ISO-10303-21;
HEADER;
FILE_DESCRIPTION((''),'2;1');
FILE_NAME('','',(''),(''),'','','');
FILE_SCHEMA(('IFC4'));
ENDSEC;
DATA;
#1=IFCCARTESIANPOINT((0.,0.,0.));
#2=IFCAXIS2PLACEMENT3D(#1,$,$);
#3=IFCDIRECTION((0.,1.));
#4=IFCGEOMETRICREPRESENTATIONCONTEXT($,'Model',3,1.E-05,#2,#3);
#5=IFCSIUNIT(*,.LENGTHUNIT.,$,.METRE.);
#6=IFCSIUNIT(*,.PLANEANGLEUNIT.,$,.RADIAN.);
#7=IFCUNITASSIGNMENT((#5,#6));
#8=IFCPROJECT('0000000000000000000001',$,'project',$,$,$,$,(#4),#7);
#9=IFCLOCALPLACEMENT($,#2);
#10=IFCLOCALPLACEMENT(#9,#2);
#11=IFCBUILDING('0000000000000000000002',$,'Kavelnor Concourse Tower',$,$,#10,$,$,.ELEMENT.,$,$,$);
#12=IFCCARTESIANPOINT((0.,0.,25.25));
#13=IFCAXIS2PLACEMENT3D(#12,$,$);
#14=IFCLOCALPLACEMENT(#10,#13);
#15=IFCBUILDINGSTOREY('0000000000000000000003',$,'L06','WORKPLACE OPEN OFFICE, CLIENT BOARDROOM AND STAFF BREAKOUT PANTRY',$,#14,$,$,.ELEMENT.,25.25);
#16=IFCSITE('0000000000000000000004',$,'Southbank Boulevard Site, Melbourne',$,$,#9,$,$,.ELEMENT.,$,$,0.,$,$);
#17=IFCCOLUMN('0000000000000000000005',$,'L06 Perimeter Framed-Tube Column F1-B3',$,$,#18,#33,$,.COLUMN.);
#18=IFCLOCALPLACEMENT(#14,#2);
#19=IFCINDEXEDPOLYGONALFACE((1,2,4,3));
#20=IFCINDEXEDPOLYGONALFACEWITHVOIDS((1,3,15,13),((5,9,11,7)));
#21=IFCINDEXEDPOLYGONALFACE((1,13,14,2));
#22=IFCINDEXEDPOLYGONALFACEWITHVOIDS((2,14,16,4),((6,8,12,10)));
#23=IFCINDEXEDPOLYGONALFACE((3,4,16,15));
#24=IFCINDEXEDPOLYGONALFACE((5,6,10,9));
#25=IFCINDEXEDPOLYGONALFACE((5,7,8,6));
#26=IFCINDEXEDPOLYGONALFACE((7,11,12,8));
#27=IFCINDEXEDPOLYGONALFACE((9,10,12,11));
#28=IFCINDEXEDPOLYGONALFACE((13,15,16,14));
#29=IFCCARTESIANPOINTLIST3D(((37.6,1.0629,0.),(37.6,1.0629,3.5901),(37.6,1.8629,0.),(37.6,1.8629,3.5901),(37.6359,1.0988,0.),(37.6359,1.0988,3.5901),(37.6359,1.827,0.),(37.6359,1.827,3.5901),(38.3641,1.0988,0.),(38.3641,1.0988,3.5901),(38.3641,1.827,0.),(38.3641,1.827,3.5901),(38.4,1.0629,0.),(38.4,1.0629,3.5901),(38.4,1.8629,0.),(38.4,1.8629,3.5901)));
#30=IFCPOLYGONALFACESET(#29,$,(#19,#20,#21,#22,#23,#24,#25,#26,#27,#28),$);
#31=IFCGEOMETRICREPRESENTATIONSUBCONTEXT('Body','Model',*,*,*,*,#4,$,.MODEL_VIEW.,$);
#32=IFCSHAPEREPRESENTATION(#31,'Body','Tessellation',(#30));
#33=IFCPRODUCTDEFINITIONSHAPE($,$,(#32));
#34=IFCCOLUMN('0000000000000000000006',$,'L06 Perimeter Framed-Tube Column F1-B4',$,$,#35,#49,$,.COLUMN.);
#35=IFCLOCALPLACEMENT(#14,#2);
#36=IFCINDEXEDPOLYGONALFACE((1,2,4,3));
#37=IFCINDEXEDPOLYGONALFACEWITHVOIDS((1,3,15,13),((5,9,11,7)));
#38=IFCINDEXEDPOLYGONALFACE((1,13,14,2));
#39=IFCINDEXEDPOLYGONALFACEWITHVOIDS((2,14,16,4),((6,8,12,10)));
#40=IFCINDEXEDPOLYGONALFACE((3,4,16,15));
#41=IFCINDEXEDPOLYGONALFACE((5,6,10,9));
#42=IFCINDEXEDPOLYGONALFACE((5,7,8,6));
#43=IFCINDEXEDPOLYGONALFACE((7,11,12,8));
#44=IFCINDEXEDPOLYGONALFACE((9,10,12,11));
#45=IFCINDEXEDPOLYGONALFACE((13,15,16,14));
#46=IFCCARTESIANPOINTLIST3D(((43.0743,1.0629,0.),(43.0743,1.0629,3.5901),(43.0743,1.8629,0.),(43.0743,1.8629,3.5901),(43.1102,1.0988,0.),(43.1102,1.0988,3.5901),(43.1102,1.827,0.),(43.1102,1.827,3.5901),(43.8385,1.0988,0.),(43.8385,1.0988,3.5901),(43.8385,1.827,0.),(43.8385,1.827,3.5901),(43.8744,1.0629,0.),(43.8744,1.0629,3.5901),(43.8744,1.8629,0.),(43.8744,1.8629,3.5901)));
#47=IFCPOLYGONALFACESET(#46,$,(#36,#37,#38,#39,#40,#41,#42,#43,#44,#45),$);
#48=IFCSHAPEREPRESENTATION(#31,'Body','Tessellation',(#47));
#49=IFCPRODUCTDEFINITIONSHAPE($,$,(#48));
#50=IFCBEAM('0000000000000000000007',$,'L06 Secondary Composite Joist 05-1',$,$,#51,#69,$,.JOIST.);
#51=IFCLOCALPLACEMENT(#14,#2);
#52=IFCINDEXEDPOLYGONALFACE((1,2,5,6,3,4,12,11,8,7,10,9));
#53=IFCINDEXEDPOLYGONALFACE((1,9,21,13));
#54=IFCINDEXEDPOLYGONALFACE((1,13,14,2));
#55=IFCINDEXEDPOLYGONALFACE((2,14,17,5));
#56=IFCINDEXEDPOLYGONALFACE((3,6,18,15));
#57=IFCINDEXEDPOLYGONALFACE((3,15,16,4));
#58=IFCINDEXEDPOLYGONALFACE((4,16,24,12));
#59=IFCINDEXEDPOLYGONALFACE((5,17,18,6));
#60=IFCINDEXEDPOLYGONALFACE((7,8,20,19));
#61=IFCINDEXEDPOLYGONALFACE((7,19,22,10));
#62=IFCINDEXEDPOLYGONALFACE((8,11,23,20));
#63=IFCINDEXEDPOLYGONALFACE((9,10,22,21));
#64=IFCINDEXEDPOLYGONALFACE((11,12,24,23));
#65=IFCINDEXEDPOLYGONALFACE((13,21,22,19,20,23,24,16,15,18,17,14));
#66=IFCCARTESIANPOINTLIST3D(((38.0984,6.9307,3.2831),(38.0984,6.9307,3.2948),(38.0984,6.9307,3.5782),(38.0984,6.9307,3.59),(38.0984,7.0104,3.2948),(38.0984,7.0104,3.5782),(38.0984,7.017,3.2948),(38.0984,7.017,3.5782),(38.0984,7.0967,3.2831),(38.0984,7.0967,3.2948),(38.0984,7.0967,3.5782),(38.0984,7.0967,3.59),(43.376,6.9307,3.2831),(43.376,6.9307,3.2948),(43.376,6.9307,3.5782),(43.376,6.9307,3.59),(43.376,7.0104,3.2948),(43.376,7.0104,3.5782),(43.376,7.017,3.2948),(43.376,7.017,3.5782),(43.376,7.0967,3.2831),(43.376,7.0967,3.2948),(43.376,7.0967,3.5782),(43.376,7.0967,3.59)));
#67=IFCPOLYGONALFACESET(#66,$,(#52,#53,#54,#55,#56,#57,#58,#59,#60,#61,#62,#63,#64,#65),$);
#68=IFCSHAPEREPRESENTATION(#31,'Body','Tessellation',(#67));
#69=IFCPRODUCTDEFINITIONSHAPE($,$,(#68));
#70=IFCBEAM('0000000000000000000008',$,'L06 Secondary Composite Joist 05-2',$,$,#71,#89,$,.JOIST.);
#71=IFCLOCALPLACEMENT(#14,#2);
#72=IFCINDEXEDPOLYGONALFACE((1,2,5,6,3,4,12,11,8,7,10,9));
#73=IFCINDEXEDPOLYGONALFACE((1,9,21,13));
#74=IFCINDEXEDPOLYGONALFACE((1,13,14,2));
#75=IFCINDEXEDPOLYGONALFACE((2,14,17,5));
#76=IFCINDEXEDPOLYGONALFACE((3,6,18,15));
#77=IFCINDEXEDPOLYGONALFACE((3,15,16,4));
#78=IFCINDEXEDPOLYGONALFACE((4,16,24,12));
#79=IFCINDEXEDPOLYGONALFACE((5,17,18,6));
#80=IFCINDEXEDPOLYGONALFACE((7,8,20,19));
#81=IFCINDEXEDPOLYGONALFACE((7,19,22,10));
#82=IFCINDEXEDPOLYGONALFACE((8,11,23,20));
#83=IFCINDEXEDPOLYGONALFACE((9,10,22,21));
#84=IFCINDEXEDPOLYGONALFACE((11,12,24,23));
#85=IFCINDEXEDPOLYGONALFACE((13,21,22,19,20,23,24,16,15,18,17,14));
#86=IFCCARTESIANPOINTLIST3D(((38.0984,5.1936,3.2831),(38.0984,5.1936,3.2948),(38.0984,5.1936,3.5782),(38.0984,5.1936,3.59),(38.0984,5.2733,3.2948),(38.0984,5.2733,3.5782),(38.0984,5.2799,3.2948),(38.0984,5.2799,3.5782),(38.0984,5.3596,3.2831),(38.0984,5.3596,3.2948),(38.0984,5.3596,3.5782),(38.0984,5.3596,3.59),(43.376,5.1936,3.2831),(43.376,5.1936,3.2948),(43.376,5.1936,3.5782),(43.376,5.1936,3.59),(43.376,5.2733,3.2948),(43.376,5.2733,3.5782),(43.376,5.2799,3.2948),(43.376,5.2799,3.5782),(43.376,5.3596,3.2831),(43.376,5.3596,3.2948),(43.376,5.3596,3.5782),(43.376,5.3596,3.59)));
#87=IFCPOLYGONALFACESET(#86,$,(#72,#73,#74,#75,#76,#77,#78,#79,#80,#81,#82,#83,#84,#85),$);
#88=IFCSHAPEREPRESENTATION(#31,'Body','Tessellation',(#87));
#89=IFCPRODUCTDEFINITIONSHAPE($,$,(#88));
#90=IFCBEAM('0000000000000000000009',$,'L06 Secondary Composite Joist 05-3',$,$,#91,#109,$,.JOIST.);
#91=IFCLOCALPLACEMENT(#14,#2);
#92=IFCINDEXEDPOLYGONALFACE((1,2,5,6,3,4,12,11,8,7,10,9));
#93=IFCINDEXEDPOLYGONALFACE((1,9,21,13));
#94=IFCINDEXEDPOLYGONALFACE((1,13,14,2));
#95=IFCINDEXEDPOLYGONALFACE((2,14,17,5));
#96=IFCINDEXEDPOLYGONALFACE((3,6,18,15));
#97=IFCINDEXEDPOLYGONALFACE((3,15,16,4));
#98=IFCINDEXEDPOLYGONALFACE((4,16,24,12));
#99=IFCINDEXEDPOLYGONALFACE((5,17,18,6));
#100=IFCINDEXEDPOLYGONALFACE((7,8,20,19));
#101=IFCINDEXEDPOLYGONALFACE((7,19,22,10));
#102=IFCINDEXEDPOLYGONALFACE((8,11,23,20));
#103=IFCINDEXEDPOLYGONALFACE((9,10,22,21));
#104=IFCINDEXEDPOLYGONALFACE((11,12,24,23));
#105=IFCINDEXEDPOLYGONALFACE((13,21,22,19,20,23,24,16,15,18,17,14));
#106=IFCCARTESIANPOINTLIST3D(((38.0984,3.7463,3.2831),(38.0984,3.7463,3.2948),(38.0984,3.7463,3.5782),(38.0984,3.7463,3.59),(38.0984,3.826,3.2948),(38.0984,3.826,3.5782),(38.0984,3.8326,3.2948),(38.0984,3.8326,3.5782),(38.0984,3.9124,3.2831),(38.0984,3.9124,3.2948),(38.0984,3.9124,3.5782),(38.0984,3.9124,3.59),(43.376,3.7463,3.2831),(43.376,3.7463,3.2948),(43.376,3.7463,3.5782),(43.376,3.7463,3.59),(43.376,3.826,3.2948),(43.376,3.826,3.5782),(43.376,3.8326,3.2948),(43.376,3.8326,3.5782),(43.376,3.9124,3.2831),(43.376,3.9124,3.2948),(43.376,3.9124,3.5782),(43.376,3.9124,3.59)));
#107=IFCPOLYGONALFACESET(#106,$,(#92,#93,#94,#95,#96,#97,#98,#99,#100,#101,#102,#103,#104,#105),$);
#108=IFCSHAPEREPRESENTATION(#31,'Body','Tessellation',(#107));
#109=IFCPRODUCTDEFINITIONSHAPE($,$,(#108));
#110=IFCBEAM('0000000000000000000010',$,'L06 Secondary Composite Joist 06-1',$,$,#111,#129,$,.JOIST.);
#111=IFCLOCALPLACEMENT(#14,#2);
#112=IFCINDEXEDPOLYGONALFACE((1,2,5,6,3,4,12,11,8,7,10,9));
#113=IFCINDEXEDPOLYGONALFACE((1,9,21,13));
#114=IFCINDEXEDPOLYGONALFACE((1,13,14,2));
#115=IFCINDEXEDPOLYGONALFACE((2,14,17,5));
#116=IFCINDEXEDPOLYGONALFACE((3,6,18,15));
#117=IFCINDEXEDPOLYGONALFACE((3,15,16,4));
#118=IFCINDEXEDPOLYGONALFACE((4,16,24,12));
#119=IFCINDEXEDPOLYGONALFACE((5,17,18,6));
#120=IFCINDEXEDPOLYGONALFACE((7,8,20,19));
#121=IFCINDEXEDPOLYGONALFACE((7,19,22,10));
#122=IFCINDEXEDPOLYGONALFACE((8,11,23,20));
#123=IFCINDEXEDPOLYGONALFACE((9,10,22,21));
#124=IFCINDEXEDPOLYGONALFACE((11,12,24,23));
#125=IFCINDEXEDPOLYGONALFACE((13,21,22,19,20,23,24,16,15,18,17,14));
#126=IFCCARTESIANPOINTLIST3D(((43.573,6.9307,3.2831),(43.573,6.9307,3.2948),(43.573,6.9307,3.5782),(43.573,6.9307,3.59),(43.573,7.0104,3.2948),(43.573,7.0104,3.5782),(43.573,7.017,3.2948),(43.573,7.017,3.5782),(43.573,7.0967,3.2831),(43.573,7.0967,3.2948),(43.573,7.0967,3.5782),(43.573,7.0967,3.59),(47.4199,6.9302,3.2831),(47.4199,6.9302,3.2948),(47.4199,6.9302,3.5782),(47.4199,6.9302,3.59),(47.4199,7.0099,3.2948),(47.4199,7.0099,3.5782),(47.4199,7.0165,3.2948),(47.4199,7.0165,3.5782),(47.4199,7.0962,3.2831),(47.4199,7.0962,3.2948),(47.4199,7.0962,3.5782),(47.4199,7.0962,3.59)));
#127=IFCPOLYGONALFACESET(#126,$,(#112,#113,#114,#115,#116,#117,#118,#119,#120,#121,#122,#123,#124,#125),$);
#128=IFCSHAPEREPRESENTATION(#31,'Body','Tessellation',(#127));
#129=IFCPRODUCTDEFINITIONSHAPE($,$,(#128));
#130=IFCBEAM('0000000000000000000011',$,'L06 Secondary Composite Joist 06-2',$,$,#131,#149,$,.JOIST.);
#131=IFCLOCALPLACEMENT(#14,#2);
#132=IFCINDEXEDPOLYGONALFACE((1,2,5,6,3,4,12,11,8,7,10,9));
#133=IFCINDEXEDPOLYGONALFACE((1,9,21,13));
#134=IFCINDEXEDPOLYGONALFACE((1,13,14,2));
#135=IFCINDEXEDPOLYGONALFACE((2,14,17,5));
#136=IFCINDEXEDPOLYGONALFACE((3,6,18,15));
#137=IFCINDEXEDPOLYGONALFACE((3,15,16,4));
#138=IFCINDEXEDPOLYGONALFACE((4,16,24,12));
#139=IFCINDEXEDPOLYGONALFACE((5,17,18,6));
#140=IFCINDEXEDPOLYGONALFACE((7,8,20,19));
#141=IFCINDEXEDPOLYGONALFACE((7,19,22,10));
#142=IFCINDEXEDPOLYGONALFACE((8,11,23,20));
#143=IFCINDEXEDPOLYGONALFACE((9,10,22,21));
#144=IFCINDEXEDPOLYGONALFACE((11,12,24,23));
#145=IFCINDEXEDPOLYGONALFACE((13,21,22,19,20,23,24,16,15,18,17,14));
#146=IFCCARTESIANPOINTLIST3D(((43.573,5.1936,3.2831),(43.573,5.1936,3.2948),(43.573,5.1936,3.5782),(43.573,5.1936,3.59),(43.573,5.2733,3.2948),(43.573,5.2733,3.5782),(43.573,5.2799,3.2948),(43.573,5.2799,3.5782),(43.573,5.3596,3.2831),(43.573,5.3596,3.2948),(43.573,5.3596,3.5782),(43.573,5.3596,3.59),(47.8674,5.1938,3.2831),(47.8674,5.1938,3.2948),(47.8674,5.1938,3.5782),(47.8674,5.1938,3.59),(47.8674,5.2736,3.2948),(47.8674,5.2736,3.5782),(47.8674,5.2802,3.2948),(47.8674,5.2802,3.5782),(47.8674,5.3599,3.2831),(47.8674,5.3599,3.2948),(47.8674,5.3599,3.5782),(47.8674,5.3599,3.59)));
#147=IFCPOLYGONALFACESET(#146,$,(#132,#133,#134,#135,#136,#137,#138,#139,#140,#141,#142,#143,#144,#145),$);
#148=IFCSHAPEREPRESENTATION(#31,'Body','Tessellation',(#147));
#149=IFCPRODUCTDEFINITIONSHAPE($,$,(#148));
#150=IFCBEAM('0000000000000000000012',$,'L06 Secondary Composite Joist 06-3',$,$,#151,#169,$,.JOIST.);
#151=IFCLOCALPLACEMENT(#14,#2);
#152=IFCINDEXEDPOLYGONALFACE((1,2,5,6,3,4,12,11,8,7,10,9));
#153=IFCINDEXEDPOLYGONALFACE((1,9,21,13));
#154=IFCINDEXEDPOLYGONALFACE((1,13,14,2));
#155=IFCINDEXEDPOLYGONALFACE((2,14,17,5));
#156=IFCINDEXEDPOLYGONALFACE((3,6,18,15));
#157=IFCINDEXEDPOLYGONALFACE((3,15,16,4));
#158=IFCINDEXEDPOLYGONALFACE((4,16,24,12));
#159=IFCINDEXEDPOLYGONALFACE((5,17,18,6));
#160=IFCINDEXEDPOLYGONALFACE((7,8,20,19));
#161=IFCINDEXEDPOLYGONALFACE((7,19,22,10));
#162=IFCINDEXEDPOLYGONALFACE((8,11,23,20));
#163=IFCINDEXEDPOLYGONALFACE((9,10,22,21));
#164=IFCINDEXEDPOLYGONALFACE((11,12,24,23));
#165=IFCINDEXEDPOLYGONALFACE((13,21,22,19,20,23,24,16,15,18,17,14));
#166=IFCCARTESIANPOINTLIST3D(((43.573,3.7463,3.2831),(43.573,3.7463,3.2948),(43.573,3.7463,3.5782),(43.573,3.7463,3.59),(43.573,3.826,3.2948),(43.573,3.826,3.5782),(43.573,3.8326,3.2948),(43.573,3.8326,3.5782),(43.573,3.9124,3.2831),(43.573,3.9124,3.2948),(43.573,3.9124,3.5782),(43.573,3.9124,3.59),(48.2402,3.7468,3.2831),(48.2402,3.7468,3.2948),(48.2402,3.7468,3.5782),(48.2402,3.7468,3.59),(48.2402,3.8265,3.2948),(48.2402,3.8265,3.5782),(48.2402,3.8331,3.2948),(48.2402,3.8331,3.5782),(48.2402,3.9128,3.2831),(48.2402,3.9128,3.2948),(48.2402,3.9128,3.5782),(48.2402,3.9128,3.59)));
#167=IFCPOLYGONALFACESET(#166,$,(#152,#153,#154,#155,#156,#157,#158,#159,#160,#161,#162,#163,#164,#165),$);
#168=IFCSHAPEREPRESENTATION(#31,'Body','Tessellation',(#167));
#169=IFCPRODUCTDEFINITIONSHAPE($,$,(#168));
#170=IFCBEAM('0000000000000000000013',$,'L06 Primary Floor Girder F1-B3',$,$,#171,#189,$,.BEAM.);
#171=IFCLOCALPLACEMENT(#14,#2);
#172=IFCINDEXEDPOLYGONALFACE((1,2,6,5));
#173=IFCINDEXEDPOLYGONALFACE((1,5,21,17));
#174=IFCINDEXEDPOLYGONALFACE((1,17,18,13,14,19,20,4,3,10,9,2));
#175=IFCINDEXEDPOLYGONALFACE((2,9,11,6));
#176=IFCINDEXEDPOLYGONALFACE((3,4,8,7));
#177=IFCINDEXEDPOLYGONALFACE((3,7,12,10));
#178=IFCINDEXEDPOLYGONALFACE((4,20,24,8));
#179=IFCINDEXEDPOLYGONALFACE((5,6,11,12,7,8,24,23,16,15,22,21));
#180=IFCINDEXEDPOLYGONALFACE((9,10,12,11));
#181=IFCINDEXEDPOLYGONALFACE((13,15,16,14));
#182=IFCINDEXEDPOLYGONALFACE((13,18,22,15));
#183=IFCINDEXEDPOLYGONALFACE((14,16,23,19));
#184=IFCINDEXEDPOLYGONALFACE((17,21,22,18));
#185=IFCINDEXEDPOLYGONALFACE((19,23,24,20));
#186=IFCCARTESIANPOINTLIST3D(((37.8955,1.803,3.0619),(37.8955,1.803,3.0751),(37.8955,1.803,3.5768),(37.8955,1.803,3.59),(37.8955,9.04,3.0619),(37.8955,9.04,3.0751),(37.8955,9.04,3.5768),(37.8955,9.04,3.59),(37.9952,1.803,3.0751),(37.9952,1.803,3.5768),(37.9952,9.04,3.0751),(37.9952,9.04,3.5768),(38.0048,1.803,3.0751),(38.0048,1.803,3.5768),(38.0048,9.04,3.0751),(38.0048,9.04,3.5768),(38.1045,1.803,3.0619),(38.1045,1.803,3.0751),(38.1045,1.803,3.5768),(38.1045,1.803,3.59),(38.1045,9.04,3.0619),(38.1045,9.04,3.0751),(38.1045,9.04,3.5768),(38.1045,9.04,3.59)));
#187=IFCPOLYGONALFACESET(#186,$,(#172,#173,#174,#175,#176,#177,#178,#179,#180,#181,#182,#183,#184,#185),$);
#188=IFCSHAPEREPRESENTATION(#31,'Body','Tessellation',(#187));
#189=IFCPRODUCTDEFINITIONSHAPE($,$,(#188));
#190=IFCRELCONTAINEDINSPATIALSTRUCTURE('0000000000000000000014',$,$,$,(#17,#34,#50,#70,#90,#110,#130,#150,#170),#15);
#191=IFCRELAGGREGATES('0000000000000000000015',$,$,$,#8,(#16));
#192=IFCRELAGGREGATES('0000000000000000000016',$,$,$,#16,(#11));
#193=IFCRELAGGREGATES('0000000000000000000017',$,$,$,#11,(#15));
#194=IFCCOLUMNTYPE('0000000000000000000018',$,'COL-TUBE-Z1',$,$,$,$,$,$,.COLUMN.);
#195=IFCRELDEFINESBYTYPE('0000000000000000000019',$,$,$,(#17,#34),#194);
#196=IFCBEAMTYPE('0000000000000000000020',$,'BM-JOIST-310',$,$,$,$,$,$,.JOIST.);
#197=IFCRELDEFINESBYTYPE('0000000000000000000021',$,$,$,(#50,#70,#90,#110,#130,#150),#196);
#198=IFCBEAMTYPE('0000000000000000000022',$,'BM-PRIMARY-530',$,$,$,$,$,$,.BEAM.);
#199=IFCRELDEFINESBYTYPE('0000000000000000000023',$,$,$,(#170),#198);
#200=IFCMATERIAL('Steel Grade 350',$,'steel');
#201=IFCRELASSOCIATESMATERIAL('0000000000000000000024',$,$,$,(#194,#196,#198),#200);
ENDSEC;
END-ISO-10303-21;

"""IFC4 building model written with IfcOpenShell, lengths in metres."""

from ifc_helpers import new_model, si_unit, direction, frame, origin, origin_2d, place, context, subcontext, project, spatial, hollow_rectangle, i_section, extrude, material, material_profile, profile_set, type_object, element, save


model = new_model("IFC4")

# Units and contexts
model_context = context("Model", 3, precision=1e-05, world=origin(), true_north=direction((0.0, 1.0)))
body_context = subcontext(model_context, "Body", "Model", "MODEL_VIEW")
ifc_project = project(units=[si_unit("LENGTHUNIT", "METRE"), si_unit("PLANEANGLEUNIT", "RADIAN")], contexts=[model_context])

# Site, building, storey
site_placement = place(None, origin())
site = spatial("IfcSite", under=ifc_project, at=site_placement, Name="Southbank Boulevard Site, Melbourne", CompositionType="ELEMENT", RefElevation=0.0)
building_placement = place(site_placement, origin())
building = spatial("IfcBuilding", under=site, at=building_placement, Name="Kavelnor Concourse Tower", CompositionType="ELEMENT")
storey_placement = place(building_placement, frame((0.0, 0.0, 25.25)))
storey = spatial("IfcBuildingStorey", under=building, at=storey_placement, Name="L06", Description="WORKPLACE OPEN OFFICE, CLIENT BOARDROOM AND STAFF BREAKOUT PANTRY", CompositionType="ELEMENT", Elevation=25.25)

# Columns
ifc_material_1 = material(Name="Steel Grade 350", Category="steel")
ifc_material_profile_1 = material_profile(ifc_material_1, hollow_rectangle(XDim=0.8, YDim=0.8, WallThickness=0.0359, at=origin_2d()), Name="SHS 800x800x36")
ifc_profile_set_1 = profile_set([ifc_material_profile_1], Name="Steel Grade 350")
column_type = type_object("IfcColumnType", Name="COL-TUBE-Z1", PredefinedType="COLUMN", material=ifc_profile_set_1)
for number, where, z_axis, x_axis, name in (
    (1, (38.0, 1.4629, 0.0), (0.0, 0.0, 1.0), (1.0, 0.0, 0.0), "L06 Perimeter Framed-Tube Column F1-B3"),
    (2, (43.4744, 1.4629, 0.0), (0.0, 0.0, 1.0), (1.0, 0.0, 0.0), "L06 Perimeter Framed-Tube Column F1-B4"),
):
    element("IfcColumn", number, at=place(storey_placement, frame(where, z_axis=z_axis, x_axis=x_axis)), inside=storey, type_object=column_type, Name=name, PredefinedType="COLUMN", context=body_context, shape_type="SweptSolid", body=[
        extrude(hollow_rectangle(XDim=0.8, YDim=0.8, WallThickness=0.0359, at=origin_2d()), origin(), (0.0, 0.0, 1.0), 3.5901),
    ])

# Beams
ifc_material_profile_2 = material_profile(ifc_material_1, i_section(OverallWidth=0.166, OverallDepth=0.3069, WebThickness=0.0066, FlangeThickness=0.0117, at=origin_2d()), Name="310UB46")
ifc_profile_set_2 = profile_set([ifc_material_profile_2], Name="Steel Grade 350")
beam_type_1 = type_object("IfcBeamType", Name="BM-JOIST-310", PredefinedType="JOIST", material=ifc_profile_set_2)
for number, where, z_axis, x_axis, name in (
    (3, (38.0984, 7.0137, 3.4365), (1.0, 0.0, 0.0), (0.0, 1.0, 0.0), "L06 Secondary Composite Joist 05-1"),
    (4, (38.0984, 5.2766, 3.4365), (1.0, 0.0, 0.0), (0.0, 1.0, 0.0), "L06 Secondary Composite Joist 05-2"),
    (5, (38.0984, 3.8293, 3.4365), (1.0, 0.0, 0.0), (0.0, 1.0, 0.0), "L06 Secondary Composite Joist 05-3"),
):
    element("IfcBeam", number, at=place(storey_placement, frame(where, z_axis=z_axis, x_axis=x_axis)), inside=storey, type_object=beam_type_1, Name=name, PredefinedType="JOIST", context=body_context, shape_type="SweptSolid", body=[
        extrude(i_section(OverallWidth=0.166, OverallDepth=0.3069, WebThickness=0.0066, FlangeThickness=0.0117, at=origin_2d()), origin(), (0.0, 0.0, 1.0), 5.2776),
    ])
beam_1_placement = place(storey_placement, frame((43.573, 7.0137, 3.4365), z_axis=(1.0, -0.000127, 0.0), x_axis=(0.000127, 1.0, 0.0)))
element("IfcBeam", 6, at=beam_1_placement, inside=storey, type_object=beam_type_1, Name="L06 Secondary Composite Joist 06-1", PredefinedType="JOIST", context=body_context, shape_type="SweptSolid", body=[
    extrude(i_section(OverallWidth=0.166, OverallDepth=0.3069, WebThickness=0.0066, FlangeThickness=0.0117, at=origin_2d()), origin(), (0.0, 0.0, 1.0), 3.8469),
])
beam_2_placement = place(storey_placement, frame((43.573, 5.2766, 3.4365), z_axis=(1.0, 0.000057, 0.0), x_axis=(-0.000057, 1.0, 0.0)))
element("IfcBeam", 7, at=beam_2_placement, inside=storey, type_object=beam_type_1, Name="L06 Secondary Composite Joist 06-2", PredefinedType="JOIST", context=body_context, shape_type="SweptSolid", body=[
    extrude(i_section(OverallWidth=0.166, OverallDepth=0.3069, WebThickness=0.0066, FlangeThickness=0.0117, at=origin_2d()), origin(), (0.0, 0.0, 1.0), 4.2944),
])
beam_3_placement = place(storey_placement, frame((43.573, 3.8293, 3.4365), z_axis=(1.0, 0.000105, 0.0), x_axis=(-0.000105, 1.0, 0.0)))
element("IfcBeam", 8, at=beam_3_placement, inside=storey, type_object=beam_type_1, Name="L06 Secondary Composite Joist 06-3", PredefinedType="JOIST", context=body_context, shape_type="SweptSolid", body=[
    extrude(i_section(OverallWidth=0.166, OverallDepth=0.3069, WebThickness=0.0066, FlangeThickness=0.0117, at=origin_2d()), origin(), (0.0, 0.0, 1.0), 4.6672),
])
ifc_material_profile_3 = material_profile(ifc_material_1, i_section(OverallWidth=0.209, OverallDepth=0.5281, WebThickness=0.0095, FlangeThickness=0.0132, at=origin_2d()), Name="530UB82")
ifc_profile_set_3 = profile_set([ifc_material_profile_3], Name="Steel Grade 350")
beam_type_2 = type_object("IfcBeamType", Name="BM-PRIMARY-530", PredefinedType="BEAM", material=ifc_profile_set_3)
for number, where, z_axis, x_axis, name in (
    (9, (38.0, 9.04, 3.3259), (0.0, -1.0, 0.0), (1.0, 0.0, 0.0), "L06 Primary Floor Girder F1-B3"),
):
    element("IfcBeam", number, at=place(storey_placement, frame(where, z_axis=z_axis, x_axis=x_axis)), inside=storey, type_object=beam_type_2, Name=name, PredefinedType="BEAM", context=body_context, shape_type="SweptSolid", body=[
        extrude(i_section(OverallWidth=0.209, OverallDepth=0.5281, WebThickness=0.0095, FlangeThickness=0.0132, at=origin_2d()), origin(), (0.0, 0.0, 1.0), 7.2371),
    ])

save(model, "model.ifc")
